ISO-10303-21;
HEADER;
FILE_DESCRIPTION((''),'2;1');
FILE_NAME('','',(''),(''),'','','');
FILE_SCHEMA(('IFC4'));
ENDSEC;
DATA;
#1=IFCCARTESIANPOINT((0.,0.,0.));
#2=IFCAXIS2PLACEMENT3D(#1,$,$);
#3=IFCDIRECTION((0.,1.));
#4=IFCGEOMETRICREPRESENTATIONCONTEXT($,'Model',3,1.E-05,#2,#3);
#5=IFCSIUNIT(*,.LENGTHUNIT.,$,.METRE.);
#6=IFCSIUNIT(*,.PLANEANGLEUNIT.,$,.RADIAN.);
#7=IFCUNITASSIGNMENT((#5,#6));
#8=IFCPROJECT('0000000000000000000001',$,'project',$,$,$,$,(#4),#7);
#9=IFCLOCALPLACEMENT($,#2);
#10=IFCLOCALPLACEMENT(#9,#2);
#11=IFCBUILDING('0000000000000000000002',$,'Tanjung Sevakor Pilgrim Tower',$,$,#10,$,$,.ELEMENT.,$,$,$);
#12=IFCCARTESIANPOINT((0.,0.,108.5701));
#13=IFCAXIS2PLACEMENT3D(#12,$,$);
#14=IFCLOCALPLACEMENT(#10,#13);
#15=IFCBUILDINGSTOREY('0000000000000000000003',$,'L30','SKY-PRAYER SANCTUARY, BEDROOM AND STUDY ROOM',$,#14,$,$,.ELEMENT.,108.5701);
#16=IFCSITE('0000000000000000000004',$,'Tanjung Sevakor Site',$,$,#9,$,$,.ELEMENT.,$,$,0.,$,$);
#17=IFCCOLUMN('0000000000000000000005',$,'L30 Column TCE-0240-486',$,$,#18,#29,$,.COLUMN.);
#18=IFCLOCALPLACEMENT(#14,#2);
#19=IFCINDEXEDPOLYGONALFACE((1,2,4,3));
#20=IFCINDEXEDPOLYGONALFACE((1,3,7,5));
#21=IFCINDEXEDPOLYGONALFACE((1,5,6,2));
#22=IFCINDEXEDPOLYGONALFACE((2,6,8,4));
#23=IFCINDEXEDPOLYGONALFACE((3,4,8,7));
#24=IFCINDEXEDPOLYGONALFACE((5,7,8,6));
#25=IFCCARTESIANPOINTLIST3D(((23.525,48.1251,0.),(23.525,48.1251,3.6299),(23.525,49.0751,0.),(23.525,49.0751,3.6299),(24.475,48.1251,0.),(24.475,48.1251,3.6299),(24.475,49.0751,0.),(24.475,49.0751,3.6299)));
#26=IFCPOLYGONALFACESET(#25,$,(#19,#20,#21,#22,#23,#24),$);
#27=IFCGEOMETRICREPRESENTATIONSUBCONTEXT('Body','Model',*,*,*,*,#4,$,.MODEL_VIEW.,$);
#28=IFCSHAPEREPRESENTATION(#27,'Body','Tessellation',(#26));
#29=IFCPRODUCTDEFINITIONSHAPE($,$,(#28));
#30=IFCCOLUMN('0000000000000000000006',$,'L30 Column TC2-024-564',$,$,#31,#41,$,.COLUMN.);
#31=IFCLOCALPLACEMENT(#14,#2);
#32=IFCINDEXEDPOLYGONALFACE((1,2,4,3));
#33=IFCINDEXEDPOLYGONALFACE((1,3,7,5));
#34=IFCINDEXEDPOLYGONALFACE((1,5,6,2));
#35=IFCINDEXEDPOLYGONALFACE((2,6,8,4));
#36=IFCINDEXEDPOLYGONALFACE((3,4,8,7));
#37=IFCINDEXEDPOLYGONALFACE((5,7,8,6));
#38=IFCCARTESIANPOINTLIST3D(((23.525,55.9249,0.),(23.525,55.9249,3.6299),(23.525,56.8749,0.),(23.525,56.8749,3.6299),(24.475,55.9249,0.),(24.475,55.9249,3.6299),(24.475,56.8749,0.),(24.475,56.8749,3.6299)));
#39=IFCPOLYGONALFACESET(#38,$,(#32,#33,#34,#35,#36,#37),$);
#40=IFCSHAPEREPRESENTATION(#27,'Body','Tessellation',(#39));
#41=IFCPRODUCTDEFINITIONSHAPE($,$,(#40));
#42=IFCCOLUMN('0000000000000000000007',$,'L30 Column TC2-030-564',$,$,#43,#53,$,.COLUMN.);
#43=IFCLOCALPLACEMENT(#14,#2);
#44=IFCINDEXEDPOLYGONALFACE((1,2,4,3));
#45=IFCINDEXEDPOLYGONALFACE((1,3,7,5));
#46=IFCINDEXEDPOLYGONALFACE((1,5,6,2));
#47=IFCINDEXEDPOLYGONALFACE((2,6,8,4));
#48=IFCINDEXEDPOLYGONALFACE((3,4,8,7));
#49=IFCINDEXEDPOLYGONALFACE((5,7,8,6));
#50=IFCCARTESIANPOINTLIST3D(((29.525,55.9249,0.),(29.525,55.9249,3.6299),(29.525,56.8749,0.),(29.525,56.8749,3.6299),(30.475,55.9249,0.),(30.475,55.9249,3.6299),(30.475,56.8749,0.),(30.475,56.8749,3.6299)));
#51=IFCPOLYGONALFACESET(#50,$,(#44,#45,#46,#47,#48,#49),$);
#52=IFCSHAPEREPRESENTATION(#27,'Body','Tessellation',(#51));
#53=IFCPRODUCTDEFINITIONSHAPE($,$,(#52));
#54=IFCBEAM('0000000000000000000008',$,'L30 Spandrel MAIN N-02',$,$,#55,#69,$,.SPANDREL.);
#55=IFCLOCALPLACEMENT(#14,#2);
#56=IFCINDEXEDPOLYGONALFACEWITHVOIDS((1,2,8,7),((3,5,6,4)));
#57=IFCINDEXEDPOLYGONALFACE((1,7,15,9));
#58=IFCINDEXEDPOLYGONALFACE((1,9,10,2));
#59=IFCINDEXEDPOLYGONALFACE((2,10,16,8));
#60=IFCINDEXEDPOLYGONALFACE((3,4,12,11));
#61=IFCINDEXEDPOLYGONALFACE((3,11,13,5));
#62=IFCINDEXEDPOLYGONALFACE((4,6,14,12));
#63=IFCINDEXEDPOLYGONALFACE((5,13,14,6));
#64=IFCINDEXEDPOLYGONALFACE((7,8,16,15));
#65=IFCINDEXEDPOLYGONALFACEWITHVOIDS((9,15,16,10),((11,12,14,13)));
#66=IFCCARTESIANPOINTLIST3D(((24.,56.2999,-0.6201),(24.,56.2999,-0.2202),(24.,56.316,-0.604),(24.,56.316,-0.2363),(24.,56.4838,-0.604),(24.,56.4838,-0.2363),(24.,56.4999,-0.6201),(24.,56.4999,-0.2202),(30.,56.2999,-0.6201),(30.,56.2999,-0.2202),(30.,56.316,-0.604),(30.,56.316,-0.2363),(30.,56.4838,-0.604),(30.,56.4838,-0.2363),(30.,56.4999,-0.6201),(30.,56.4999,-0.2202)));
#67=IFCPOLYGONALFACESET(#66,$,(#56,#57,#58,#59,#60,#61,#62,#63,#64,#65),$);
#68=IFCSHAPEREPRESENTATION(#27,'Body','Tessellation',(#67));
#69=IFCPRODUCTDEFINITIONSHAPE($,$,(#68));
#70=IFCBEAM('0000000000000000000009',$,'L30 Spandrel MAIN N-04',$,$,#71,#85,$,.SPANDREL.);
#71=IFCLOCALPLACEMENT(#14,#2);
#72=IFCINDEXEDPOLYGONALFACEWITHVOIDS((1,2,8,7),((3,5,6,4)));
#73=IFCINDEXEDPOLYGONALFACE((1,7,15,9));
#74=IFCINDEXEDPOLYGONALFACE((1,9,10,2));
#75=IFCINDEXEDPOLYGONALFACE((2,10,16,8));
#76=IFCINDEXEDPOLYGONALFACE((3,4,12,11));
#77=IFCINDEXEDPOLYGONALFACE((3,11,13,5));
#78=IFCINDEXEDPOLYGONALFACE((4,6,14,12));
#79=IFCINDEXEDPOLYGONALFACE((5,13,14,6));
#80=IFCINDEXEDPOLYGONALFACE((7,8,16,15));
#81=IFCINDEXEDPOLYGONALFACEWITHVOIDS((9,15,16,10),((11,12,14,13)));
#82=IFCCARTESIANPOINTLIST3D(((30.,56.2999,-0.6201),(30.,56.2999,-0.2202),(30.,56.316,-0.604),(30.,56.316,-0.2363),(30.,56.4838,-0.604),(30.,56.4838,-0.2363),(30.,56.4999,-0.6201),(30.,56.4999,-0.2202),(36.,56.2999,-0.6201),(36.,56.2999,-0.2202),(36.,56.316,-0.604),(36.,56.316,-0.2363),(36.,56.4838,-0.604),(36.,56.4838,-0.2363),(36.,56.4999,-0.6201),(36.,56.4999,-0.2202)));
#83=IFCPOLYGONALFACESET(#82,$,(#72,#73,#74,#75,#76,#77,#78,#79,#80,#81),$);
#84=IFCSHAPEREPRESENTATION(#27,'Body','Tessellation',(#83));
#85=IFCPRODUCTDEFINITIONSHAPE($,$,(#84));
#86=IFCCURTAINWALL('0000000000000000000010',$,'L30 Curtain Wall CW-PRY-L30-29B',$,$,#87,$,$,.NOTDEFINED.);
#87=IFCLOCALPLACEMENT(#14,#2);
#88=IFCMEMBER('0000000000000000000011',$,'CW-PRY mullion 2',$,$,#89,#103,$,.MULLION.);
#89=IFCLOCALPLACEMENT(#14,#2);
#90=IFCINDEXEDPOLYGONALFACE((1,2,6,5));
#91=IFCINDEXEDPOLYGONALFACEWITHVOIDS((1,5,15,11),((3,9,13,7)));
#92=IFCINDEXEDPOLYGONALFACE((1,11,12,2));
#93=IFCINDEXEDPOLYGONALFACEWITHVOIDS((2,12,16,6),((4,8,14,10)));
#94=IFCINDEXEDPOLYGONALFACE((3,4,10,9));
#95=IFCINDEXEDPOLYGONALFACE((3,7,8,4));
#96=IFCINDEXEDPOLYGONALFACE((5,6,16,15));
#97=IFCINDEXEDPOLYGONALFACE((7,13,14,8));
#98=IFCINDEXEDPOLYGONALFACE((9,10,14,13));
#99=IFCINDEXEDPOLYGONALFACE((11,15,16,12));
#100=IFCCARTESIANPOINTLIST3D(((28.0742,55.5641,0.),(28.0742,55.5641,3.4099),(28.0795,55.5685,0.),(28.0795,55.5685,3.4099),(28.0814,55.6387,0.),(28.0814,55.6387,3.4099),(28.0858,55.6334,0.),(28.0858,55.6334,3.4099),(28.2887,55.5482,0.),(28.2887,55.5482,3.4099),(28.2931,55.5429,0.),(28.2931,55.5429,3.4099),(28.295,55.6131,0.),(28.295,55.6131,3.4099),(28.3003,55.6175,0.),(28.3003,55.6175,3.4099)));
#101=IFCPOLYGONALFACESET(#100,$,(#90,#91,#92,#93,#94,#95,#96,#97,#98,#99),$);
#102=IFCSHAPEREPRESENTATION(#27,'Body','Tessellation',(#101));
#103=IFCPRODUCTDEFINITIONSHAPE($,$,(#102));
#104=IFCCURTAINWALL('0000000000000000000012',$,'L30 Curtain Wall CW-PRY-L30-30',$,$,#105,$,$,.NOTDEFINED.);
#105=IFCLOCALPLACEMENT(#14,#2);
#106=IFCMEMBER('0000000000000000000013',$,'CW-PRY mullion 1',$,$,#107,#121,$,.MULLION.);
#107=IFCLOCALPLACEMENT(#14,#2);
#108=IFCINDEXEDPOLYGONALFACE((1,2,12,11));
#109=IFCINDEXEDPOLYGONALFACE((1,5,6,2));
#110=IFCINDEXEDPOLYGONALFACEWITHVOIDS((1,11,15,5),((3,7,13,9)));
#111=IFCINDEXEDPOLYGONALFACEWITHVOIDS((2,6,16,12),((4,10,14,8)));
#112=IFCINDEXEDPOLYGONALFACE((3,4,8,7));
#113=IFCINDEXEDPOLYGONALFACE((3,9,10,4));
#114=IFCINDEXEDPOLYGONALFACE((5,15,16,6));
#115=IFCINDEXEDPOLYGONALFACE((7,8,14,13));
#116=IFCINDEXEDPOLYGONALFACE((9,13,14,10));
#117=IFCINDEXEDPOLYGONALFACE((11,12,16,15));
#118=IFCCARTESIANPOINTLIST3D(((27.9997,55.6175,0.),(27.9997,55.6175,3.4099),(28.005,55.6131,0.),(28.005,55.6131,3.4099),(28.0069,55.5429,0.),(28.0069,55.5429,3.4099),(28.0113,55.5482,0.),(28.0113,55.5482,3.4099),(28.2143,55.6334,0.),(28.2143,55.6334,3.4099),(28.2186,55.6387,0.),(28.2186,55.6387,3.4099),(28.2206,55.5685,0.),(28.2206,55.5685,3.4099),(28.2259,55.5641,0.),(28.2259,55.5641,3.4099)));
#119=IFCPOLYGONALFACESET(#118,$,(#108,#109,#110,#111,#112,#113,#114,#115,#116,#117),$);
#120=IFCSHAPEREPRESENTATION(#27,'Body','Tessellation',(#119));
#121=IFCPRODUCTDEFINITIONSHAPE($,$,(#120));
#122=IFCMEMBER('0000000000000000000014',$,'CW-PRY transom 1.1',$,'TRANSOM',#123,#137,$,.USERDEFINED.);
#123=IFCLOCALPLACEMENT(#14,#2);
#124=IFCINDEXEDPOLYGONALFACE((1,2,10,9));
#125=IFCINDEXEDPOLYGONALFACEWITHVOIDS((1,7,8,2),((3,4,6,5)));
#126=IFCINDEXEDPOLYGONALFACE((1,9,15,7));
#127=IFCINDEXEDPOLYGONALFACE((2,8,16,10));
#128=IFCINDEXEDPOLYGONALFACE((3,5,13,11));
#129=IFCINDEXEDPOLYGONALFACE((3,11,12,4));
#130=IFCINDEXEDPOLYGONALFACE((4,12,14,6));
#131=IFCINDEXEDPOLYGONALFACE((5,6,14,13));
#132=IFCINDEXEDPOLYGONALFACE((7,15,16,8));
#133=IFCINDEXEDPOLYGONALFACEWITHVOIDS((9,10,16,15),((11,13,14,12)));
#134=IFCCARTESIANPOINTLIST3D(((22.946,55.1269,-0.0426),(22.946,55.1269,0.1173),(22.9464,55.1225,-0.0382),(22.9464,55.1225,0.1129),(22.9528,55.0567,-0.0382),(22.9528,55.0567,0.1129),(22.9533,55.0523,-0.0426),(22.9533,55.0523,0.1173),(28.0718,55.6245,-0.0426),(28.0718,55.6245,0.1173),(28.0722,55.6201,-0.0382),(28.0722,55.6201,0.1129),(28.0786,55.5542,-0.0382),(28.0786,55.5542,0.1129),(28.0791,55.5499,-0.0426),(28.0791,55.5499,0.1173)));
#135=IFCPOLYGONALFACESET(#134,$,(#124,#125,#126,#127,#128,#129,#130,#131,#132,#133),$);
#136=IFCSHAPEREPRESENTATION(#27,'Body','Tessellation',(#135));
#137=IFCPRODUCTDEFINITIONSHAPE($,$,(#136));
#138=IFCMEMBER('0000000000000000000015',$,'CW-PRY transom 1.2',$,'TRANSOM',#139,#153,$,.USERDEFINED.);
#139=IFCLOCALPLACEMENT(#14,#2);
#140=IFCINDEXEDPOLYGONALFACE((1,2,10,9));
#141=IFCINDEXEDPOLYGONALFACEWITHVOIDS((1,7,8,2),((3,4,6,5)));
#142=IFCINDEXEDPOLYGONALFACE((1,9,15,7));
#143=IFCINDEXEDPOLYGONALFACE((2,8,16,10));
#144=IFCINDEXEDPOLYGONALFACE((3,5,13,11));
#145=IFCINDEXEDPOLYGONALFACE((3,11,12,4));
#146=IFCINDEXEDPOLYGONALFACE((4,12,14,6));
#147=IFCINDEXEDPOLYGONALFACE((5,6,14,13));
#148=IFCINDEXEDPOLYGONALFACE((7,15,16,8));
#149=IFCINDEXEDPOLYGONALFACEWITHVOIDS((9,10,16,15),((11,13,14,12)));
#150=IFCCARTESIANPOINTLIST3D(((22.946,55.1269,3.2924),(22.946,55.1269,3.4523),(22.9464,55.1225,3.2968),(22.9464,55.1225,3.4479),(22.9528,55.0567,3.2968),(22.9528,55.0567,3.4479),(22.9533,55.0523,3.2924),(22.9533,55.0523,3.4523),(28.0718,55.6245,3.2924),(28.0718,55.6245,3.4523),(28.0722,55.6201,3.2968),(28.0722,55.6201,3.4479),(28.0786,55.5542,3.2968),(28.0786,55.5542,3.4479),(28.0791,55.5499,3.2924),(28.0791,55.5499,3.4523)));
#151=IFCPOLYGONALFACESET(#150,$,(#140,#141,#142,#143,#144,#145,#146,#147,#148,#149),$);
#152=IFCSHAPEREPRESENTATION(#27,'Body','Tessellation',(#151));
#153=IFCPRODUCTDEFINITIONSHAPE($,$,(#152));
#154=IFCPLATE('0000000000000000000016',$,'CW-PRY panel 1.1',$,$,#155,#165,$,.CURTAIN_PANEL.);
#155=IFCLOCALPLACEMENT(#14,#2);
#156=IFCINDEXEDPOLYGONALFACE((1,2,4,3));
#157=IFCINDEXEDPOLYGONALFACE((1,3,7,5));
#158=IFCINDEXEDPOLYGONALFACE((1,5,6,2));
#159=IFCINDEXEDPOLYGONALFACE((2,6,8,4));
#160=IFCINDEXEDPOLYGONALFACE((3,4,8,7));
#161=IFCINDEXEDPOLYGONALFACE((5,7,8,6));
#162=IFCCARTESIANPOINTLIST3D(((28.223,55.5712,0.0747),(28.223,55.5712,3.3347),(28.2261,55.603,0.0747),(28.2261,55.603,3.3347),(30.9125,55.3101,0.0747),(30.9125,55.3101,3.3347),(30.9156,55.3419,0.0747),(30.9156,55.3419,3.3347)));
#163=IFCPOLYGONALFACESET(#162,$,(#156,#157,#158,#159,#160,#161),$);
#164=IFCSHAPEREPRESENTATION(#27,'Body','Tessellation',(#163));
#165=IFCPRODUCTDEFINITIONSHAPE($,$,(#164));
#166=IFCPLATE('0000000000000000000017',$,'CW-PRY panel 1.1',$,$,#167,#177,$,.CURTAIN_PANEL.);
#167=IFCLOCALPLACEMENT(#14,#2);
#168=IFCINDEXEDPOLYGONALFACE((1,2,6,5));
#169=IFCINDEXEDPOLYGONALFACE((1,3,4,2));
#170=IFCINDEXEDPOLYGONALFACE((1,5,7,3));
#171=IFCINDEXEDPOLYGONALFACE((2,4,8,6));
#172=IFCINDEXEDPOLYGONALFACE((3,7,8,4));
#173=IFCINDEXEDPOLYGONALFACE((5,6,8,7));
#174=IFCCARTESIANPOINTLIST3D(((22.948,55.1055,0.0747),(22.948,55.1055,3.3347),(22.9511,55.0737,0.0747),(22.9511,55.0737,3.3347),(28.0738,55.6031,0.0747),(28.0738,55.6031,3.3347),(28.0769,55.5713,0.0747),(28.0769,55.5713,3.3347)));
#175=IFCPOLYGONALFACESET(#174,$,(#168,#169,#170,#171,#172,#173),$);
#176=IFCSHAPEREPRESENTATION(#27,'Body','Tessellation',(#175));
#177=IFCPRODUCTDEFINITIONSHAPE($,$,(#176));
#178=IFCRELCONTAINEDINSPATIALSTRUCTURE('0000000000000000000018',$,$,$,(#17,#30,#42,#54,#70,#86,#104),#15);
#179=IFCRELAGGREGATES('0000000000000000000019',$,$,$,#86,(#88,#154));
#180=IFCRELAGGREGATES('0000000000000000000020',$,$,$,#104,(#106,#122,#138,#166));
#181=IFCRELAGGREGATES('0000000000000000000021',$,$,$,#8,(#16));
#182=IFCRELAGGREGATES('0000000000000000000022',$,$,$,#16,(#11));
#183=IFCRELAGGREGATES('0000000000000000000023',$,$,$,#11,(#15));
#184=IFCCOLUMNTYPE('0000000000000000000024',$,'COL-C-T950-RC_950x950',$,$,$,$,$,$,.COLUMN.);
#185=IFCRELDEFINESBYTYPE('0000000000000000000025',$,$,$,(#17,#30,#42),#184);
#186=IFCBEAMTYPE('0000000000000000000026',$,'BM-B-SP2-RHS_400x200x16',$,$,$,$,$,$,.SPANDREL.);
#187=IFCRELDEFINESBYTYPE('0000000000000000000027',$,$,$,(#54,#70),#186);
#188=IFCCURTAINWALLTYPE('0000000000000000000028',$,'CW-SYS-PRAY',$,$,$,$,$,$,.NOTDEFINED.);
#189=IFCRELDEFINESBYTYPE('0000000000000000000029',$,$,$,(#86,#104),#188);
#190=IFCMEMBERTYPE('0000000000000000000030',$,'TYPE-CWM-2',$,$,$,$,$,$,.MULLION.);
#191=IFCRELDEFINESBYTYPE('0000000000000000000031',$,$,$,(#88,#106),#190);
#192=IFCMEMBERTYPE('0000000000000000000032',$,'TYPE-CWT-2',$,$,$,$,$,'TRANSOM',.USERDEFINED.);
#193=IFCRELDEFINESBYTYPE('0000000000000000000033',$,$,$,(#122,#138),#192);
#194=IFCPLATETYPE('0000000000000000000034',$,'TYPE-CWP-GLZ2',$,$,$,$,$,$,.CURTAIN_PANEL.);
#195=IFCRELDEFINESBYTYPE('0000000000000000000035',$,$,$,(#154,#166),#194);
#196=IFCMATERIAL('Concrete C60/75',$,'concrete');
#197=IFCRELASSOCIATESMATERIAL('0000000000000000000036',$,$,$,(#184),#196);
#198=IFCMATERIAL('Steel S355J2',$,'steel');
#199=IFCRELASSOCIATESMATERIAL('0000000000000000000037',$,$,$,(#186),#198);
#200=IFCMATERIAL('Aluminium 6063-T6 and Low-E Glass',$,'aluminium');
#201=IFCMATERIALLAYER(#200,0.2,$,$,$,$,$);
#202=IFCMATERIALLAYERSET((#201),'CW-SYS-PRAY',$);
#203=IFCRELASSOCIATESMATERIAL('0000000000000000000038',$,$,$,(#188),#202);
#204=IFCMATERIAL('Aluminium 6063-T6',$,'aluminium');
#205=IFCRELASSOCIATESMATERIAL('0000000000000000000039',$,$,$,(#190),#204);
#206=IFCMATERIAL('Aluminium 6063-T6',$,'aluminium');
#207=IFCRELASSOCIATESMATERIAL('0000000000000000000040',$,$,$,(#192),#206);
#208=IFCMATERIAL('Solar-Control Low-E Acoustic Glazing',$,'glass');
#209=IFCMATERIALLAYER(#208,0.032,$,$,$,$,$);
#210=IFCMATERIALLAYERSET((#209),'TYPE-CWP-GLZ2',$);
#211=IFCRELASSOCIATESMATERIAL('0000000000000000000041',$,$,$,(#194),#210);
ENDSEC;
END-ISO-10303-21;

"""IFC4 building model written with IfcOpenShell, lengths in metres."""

from ifc_helpers import new_model, si_unit, direction, frame, origin, origin_2d, place, context, subcontext, project, spatial, rectangle, hollow_rectangle, extrude, material, layer, layer_set, material_profile, profile_set, type_object, element, aggregate, save


model = new_model("IFC4")

# Units and contexts
model_context = context("Model", 3, precision=1e-05, world=origin(), true_north=direction((0.0, 1.0)))
body_context = subcontext(model_context, "Body", "Model", "MODEL_VIEW")
ifc_project = project(units=[si_unit("LENGTHUNIT", "METRE"), si_unit("PLANEANGLEUNIT", "RADIAN")], contexts=[model_context])

# Site, building, storey
site_placement = place(None, origin())
site = spatial("IfcSite", under=ifc_project, at=site_placement, Name="Tanjung Sevakor Site", CompositionType="ELEMENT", RefElevation=0.0)
building_placement = place(site_placement, origin())
building = spatial("IfcBuilding", under=site, at=building_placement, Name="Tanjung Sevakor Pilgrim Tower", CompositionType="ELEMENT")
storey_placement = place(building_placement, frame((0.0, 0.0, 108.5701)))
storey = spatial("IfcBuildingStorey", under=building, at=storey_placement, Name="L30", Description="SKY-PRAYER SANCTUARY, BEDROOM AND STUDY ROOM", CompositionType="ELEMENT", Elevation=108.5701)

# Columns
ifc_material_1 = material(Name="Concrete C60/75", Category="concrete")
ifc_material_profile_1 = material_profile(ifc_material_1, rectangle(XDim=0.95, YDim=0.95, at=origin_2d()))
ifc_profile_set_1 = profile_set([ifc_material_profile_1], Name="Concrete C60/75")
column_type = type_object("IfcColumnType", Name="COL-C-T950-RC_950x950", PredefinedType="COLUMN", material=ifc_profile_set_1)
for number, where, z_axis, x_axis, name in (
    (1, (24.0, 48.6001, 0.0), (0.0, 0.0, 1.0), (1.0, 0.0, 0.0), "L30 Column TCE-0240-486"),
    (2, (24.0, 56.3999, 0.0), (0.0, 0.0, 1.0), (1.0, 0.0, 0.0), "L30 Column TC2-024-564"),
    (3, (30.0, 56.3999, 0.0), (0.0, 0.0, 1.0), (1.0, 0.0, 0.0), "L30 Column TC2-030-564"),
):
    element("IfcColumn", number, at=place(storey_placement, frame(where, z_axis=z_axis, x_axis=x_axis)), inside=storey, type_object=column_type, Name=name, PredefinedType="COLUMN", context=body_context, shape_type="SweptSolid", body=[
        extrude(rectangle(XDim=0.95, YDim=0.95, at=origin_2d()), origin(), (0.0, 0.0, 1.0), 3.6299),
    ])

# Beams
ifc_material_2 = material(Name="Steel S355J2", Category="steel")
ifc_material_profile_2 = material_profile(ifc_material_2, hollow_rectangle(XDim=0.2, YDim=0.3999, WallThickness=0.0161, at=origin_2d()))
ifc_profile_set_2 = profile_set([ifc_material_profile_2], Name="Steel S355J2")
beam_type = type_object("IfcBeamType", Name="BM-B-SP2-RHS_400x200x16", PredefinedType="SPANDREL", material=ifc_profile_set_2)
for number, where, z_axis, x_axis, name in (
    (4, (24.0, 56.3999, -0.4202), (1.0, 0.0, 0.0), (0.0, 1.0, 0.0), "L30 Spandrel MAIN N-02"),
    (5, (30.0, 56.3999, -0.4202), (1.0, 0.0, 0.0), (0.0, 1.0, 0.0), "L30 Spandrel MAIN N-04"),
):
    element("IfcBeam", number, at=place(storey_placement, frame(where, z_axis=z_axis, x_axis=x_axis)), inside=storey, type_object=beam_type, Name=name, PredefinedType="SPANDREL", context=body_context, shape_type="SweptSolid", body=[
        extrude(hollow_rectangle(XDim=0.2, YDim=0.3999, WallThickness=0.0161, at=origin_2d()), origin(), (0.0, 0.0, 1.0), 6.0),
    ])

# Curtain wall, member
ifc_material_3 = material(Name="Aluminium 6063-T6 and Low-E Glass", Category="aluminium")
ifc_layer_1 = layer(ifc_material_3, 0.2)
ifc_layer_set_1 = layer_set([ifc_layer_1], Name="CW-SYS-PRAY")
curtain_wall_type = type_object("IfcCurtainWallType", Name="CW-SYS-PRAY", PredefinedType="NOTDEFINED", material=ifc_layer_set_1)
curtain_wall_1_placement = place(storey_placement, origin())
curtain_wall_1 = element("IfcCurtainWall", 6, at=curtain_wall_1_placement, inside=storey, type_object=curtain_wall_type, Name="L30 Curtain Wall CW-PRY-L30-29B", PredefinedType="NOTDEFINED")
ifc_material_4 = material(Name="Aluminium 6063-T6", Category="aluminium")
ifc_material_profile_3 = material_profile(ifc_material_4, hollow_rectangle(XDim=0.075, YDim=0.22, WallThickness=0.0049, at=origin_2d()))
ifc_profile_set_3 = profile_set([ifc_material_profile_3], Name="Aluminium 6063-T6")
member_type_1 = type_object("IfcMemberType", Name="TYPE-CWM-2", PredefinedType="MULLION", material=ifc_profile_set_3)
member_1_placement = place(storey_placement, frame((28.1873, 55.5908, 0.0), z_axis=(0.0, 0.0, 1.0), x_axis=(-0.096632, -0.99532, 0.0)))
member_1 = element("IfcMember", 7, at=member_1_placement, type_object=member_type_1, Name="CW-PRY mullion 2", PredefinedType="MULLION", context=body_context, shape_type="SweptSolid", body=[
    extrude(hollow_rectangle(XDim=0.075, YDim=0.22, WallThickness=0.0049, at=origin_2d()), origin(), (0.0, 0.0, 1.0), 3.4099),
])

# Curtain wall, members
curtain_wall_2_placement = place(storey_placement, origin())
curtain_wall_2 = element("IfcCurtainWall", 8, at=curtain_wall_2_placement, inside=storey, type_object=curtain_wall_type, Name="L30 Curtain Wall CW-PRY-L30-30", PredefinedType="NOTDEFINED")
member_2_placement = place(storey_placement, frame((28.1128, 55.5908, 0.0), z_axis=(0.0, 0.0, 1.0), x_axis=(0.096626, -0.995321, 0.0)))
member_2 = element("IfcMember", 9, at=member_2_placement, type_object=member_type_1, Name="CW-PRY mullion 1", PredefinedType="MULLION", context=body_context, shape_type="SweptSolid", body=[
    extrude(hollow_rectangle(XDim=0.075, YDim=0.22, WallThickness=0.0049, at=origin_2d()), origin(), (0.0, 0.0, 1.0), 3.4099),
])
ifc_material_5 = material(Name="Aluminium 6063-T6", Category="aluminium")
ifc_material_profile_4 = material_profile(ifc_material_5, hollow_rectangle(XDim=0.075, YDim=0.1599, WallThickness=0.0044, at=origin_2d()))
ifc_profile_set_4 = profile_set([ifc_material_profile_4], Name="Aluminium 6063-T6")
member_type_2 = type_object("IfcMemberType", Name="TYPE-CWT-2", ElementType="TRANSOM", PredefinedType="USERDEFINED", material=ifc_profile_set_4)
member_3_placement = place(storey_placement, frame((28.0754, 55.5872, 0.0374), z_axis=(-0.995322, -0.096617, 0.0), x_axis=(0.096617, -0.995322, 0.0)))
member_3 = element("IfcMember", 10, at=member_3_placement, type_object=member_type_2, Name="CW-PRY transom 1.1", ObjectType="TRANSOM", PredefinedType="USERDEFINED", context=body_context, shape_type="SweptSolid", body=[
    extrude(hollow_rectangle(XDim=0.075, YDim=0.1599, WallThickness=0.0044, at=origin_2d()), origin(), (0.0, 0.0, 1.0), 5.1499),
])
member_4_placement = place(storey_placement, frame((28.0754, 55.5872, 3.3723), z_axis=(-0.995322, -0.096617, 0.0), x_axis=(0.096617, -0.995322, 0.0)))
member_4 = element("IfcMember", 11, at=member_4_placement, type_object=member_type_2, Name="CW-PRY transom 1.2", ObjectType="TRANSOM", PredefinedType="USERDEFINED", context=body_context, shape_type="SweptSolid", body=[
    extrude(hollow_rectangle(XDim=0.075, YDim=0.1599, WallThickness=0.0044, at=origin_2d()), origin(), (0.0, 0.0, 1.0), 5.1499),
])

# Plates
ifc_material_6 = material(Name="Solar-Control Low-E Acoustic Glazing", Category="glass")
ifc_layer_2 = layer(ifc_material_6, 0.032)
ifc_layer_set_2 = layer_set([ifc_layer_2], Name="TYPE-CWP-GLZ2")
plate_type = type_object("IfcPlateType", Name="TYPE-CWP-GLZ2", PredefinedType="CURTAIN_PANEL", material=ifc_layer_set_2)
plate_1_placement = place(storey_placement, frame((29.5693, 55.4565, 0.0747), z_axis=(0.0, 0.0, 1.0), x_axis=(-0.99532, 0.096632, 0.0)))
plate_1 = element("IfcPlate", 12, at=plate_1_placement, type_object=plate_type, Name="CW-PRY panel 1.1", PredefinedType="CURTAIN_PANEL", context=body_context, shape_type="SweptSolid", body=[
    extrude(rectangle(XDim=2.7021, YDim=0.032, at=origin_2d()), origin(), (0.0, 0.0, 1.0), 3.26),
])
aggregate(curtain_wall_1, [member_1, plate_1])
plate_2_placement = place(storey_placement, frame((25.5125, 55.3384, 0.0747), z_axis=(0.0, 0.0, 1.0), x_axis=(-0.995321, -0.096626, 0.0)))
plate_2 = element("IfcPlate", 13, at=plate_2_placement, type_object=plate_type, Name="CW-PRY panel 1.1", PredefinedType="CURTAIN_PANEL", context=body_context, shape_type="SweptSolid", body=[
    extrude(rectangle(XDim=5.1499, YDim=0.032, at=origin_2d()), origin(), (0.0, 0.0, 1.0), 3.26),
])
aggregate(curtain_wall_2, [member_2, member_3, member_4, plate_2])

save(model, "model.ifc")
